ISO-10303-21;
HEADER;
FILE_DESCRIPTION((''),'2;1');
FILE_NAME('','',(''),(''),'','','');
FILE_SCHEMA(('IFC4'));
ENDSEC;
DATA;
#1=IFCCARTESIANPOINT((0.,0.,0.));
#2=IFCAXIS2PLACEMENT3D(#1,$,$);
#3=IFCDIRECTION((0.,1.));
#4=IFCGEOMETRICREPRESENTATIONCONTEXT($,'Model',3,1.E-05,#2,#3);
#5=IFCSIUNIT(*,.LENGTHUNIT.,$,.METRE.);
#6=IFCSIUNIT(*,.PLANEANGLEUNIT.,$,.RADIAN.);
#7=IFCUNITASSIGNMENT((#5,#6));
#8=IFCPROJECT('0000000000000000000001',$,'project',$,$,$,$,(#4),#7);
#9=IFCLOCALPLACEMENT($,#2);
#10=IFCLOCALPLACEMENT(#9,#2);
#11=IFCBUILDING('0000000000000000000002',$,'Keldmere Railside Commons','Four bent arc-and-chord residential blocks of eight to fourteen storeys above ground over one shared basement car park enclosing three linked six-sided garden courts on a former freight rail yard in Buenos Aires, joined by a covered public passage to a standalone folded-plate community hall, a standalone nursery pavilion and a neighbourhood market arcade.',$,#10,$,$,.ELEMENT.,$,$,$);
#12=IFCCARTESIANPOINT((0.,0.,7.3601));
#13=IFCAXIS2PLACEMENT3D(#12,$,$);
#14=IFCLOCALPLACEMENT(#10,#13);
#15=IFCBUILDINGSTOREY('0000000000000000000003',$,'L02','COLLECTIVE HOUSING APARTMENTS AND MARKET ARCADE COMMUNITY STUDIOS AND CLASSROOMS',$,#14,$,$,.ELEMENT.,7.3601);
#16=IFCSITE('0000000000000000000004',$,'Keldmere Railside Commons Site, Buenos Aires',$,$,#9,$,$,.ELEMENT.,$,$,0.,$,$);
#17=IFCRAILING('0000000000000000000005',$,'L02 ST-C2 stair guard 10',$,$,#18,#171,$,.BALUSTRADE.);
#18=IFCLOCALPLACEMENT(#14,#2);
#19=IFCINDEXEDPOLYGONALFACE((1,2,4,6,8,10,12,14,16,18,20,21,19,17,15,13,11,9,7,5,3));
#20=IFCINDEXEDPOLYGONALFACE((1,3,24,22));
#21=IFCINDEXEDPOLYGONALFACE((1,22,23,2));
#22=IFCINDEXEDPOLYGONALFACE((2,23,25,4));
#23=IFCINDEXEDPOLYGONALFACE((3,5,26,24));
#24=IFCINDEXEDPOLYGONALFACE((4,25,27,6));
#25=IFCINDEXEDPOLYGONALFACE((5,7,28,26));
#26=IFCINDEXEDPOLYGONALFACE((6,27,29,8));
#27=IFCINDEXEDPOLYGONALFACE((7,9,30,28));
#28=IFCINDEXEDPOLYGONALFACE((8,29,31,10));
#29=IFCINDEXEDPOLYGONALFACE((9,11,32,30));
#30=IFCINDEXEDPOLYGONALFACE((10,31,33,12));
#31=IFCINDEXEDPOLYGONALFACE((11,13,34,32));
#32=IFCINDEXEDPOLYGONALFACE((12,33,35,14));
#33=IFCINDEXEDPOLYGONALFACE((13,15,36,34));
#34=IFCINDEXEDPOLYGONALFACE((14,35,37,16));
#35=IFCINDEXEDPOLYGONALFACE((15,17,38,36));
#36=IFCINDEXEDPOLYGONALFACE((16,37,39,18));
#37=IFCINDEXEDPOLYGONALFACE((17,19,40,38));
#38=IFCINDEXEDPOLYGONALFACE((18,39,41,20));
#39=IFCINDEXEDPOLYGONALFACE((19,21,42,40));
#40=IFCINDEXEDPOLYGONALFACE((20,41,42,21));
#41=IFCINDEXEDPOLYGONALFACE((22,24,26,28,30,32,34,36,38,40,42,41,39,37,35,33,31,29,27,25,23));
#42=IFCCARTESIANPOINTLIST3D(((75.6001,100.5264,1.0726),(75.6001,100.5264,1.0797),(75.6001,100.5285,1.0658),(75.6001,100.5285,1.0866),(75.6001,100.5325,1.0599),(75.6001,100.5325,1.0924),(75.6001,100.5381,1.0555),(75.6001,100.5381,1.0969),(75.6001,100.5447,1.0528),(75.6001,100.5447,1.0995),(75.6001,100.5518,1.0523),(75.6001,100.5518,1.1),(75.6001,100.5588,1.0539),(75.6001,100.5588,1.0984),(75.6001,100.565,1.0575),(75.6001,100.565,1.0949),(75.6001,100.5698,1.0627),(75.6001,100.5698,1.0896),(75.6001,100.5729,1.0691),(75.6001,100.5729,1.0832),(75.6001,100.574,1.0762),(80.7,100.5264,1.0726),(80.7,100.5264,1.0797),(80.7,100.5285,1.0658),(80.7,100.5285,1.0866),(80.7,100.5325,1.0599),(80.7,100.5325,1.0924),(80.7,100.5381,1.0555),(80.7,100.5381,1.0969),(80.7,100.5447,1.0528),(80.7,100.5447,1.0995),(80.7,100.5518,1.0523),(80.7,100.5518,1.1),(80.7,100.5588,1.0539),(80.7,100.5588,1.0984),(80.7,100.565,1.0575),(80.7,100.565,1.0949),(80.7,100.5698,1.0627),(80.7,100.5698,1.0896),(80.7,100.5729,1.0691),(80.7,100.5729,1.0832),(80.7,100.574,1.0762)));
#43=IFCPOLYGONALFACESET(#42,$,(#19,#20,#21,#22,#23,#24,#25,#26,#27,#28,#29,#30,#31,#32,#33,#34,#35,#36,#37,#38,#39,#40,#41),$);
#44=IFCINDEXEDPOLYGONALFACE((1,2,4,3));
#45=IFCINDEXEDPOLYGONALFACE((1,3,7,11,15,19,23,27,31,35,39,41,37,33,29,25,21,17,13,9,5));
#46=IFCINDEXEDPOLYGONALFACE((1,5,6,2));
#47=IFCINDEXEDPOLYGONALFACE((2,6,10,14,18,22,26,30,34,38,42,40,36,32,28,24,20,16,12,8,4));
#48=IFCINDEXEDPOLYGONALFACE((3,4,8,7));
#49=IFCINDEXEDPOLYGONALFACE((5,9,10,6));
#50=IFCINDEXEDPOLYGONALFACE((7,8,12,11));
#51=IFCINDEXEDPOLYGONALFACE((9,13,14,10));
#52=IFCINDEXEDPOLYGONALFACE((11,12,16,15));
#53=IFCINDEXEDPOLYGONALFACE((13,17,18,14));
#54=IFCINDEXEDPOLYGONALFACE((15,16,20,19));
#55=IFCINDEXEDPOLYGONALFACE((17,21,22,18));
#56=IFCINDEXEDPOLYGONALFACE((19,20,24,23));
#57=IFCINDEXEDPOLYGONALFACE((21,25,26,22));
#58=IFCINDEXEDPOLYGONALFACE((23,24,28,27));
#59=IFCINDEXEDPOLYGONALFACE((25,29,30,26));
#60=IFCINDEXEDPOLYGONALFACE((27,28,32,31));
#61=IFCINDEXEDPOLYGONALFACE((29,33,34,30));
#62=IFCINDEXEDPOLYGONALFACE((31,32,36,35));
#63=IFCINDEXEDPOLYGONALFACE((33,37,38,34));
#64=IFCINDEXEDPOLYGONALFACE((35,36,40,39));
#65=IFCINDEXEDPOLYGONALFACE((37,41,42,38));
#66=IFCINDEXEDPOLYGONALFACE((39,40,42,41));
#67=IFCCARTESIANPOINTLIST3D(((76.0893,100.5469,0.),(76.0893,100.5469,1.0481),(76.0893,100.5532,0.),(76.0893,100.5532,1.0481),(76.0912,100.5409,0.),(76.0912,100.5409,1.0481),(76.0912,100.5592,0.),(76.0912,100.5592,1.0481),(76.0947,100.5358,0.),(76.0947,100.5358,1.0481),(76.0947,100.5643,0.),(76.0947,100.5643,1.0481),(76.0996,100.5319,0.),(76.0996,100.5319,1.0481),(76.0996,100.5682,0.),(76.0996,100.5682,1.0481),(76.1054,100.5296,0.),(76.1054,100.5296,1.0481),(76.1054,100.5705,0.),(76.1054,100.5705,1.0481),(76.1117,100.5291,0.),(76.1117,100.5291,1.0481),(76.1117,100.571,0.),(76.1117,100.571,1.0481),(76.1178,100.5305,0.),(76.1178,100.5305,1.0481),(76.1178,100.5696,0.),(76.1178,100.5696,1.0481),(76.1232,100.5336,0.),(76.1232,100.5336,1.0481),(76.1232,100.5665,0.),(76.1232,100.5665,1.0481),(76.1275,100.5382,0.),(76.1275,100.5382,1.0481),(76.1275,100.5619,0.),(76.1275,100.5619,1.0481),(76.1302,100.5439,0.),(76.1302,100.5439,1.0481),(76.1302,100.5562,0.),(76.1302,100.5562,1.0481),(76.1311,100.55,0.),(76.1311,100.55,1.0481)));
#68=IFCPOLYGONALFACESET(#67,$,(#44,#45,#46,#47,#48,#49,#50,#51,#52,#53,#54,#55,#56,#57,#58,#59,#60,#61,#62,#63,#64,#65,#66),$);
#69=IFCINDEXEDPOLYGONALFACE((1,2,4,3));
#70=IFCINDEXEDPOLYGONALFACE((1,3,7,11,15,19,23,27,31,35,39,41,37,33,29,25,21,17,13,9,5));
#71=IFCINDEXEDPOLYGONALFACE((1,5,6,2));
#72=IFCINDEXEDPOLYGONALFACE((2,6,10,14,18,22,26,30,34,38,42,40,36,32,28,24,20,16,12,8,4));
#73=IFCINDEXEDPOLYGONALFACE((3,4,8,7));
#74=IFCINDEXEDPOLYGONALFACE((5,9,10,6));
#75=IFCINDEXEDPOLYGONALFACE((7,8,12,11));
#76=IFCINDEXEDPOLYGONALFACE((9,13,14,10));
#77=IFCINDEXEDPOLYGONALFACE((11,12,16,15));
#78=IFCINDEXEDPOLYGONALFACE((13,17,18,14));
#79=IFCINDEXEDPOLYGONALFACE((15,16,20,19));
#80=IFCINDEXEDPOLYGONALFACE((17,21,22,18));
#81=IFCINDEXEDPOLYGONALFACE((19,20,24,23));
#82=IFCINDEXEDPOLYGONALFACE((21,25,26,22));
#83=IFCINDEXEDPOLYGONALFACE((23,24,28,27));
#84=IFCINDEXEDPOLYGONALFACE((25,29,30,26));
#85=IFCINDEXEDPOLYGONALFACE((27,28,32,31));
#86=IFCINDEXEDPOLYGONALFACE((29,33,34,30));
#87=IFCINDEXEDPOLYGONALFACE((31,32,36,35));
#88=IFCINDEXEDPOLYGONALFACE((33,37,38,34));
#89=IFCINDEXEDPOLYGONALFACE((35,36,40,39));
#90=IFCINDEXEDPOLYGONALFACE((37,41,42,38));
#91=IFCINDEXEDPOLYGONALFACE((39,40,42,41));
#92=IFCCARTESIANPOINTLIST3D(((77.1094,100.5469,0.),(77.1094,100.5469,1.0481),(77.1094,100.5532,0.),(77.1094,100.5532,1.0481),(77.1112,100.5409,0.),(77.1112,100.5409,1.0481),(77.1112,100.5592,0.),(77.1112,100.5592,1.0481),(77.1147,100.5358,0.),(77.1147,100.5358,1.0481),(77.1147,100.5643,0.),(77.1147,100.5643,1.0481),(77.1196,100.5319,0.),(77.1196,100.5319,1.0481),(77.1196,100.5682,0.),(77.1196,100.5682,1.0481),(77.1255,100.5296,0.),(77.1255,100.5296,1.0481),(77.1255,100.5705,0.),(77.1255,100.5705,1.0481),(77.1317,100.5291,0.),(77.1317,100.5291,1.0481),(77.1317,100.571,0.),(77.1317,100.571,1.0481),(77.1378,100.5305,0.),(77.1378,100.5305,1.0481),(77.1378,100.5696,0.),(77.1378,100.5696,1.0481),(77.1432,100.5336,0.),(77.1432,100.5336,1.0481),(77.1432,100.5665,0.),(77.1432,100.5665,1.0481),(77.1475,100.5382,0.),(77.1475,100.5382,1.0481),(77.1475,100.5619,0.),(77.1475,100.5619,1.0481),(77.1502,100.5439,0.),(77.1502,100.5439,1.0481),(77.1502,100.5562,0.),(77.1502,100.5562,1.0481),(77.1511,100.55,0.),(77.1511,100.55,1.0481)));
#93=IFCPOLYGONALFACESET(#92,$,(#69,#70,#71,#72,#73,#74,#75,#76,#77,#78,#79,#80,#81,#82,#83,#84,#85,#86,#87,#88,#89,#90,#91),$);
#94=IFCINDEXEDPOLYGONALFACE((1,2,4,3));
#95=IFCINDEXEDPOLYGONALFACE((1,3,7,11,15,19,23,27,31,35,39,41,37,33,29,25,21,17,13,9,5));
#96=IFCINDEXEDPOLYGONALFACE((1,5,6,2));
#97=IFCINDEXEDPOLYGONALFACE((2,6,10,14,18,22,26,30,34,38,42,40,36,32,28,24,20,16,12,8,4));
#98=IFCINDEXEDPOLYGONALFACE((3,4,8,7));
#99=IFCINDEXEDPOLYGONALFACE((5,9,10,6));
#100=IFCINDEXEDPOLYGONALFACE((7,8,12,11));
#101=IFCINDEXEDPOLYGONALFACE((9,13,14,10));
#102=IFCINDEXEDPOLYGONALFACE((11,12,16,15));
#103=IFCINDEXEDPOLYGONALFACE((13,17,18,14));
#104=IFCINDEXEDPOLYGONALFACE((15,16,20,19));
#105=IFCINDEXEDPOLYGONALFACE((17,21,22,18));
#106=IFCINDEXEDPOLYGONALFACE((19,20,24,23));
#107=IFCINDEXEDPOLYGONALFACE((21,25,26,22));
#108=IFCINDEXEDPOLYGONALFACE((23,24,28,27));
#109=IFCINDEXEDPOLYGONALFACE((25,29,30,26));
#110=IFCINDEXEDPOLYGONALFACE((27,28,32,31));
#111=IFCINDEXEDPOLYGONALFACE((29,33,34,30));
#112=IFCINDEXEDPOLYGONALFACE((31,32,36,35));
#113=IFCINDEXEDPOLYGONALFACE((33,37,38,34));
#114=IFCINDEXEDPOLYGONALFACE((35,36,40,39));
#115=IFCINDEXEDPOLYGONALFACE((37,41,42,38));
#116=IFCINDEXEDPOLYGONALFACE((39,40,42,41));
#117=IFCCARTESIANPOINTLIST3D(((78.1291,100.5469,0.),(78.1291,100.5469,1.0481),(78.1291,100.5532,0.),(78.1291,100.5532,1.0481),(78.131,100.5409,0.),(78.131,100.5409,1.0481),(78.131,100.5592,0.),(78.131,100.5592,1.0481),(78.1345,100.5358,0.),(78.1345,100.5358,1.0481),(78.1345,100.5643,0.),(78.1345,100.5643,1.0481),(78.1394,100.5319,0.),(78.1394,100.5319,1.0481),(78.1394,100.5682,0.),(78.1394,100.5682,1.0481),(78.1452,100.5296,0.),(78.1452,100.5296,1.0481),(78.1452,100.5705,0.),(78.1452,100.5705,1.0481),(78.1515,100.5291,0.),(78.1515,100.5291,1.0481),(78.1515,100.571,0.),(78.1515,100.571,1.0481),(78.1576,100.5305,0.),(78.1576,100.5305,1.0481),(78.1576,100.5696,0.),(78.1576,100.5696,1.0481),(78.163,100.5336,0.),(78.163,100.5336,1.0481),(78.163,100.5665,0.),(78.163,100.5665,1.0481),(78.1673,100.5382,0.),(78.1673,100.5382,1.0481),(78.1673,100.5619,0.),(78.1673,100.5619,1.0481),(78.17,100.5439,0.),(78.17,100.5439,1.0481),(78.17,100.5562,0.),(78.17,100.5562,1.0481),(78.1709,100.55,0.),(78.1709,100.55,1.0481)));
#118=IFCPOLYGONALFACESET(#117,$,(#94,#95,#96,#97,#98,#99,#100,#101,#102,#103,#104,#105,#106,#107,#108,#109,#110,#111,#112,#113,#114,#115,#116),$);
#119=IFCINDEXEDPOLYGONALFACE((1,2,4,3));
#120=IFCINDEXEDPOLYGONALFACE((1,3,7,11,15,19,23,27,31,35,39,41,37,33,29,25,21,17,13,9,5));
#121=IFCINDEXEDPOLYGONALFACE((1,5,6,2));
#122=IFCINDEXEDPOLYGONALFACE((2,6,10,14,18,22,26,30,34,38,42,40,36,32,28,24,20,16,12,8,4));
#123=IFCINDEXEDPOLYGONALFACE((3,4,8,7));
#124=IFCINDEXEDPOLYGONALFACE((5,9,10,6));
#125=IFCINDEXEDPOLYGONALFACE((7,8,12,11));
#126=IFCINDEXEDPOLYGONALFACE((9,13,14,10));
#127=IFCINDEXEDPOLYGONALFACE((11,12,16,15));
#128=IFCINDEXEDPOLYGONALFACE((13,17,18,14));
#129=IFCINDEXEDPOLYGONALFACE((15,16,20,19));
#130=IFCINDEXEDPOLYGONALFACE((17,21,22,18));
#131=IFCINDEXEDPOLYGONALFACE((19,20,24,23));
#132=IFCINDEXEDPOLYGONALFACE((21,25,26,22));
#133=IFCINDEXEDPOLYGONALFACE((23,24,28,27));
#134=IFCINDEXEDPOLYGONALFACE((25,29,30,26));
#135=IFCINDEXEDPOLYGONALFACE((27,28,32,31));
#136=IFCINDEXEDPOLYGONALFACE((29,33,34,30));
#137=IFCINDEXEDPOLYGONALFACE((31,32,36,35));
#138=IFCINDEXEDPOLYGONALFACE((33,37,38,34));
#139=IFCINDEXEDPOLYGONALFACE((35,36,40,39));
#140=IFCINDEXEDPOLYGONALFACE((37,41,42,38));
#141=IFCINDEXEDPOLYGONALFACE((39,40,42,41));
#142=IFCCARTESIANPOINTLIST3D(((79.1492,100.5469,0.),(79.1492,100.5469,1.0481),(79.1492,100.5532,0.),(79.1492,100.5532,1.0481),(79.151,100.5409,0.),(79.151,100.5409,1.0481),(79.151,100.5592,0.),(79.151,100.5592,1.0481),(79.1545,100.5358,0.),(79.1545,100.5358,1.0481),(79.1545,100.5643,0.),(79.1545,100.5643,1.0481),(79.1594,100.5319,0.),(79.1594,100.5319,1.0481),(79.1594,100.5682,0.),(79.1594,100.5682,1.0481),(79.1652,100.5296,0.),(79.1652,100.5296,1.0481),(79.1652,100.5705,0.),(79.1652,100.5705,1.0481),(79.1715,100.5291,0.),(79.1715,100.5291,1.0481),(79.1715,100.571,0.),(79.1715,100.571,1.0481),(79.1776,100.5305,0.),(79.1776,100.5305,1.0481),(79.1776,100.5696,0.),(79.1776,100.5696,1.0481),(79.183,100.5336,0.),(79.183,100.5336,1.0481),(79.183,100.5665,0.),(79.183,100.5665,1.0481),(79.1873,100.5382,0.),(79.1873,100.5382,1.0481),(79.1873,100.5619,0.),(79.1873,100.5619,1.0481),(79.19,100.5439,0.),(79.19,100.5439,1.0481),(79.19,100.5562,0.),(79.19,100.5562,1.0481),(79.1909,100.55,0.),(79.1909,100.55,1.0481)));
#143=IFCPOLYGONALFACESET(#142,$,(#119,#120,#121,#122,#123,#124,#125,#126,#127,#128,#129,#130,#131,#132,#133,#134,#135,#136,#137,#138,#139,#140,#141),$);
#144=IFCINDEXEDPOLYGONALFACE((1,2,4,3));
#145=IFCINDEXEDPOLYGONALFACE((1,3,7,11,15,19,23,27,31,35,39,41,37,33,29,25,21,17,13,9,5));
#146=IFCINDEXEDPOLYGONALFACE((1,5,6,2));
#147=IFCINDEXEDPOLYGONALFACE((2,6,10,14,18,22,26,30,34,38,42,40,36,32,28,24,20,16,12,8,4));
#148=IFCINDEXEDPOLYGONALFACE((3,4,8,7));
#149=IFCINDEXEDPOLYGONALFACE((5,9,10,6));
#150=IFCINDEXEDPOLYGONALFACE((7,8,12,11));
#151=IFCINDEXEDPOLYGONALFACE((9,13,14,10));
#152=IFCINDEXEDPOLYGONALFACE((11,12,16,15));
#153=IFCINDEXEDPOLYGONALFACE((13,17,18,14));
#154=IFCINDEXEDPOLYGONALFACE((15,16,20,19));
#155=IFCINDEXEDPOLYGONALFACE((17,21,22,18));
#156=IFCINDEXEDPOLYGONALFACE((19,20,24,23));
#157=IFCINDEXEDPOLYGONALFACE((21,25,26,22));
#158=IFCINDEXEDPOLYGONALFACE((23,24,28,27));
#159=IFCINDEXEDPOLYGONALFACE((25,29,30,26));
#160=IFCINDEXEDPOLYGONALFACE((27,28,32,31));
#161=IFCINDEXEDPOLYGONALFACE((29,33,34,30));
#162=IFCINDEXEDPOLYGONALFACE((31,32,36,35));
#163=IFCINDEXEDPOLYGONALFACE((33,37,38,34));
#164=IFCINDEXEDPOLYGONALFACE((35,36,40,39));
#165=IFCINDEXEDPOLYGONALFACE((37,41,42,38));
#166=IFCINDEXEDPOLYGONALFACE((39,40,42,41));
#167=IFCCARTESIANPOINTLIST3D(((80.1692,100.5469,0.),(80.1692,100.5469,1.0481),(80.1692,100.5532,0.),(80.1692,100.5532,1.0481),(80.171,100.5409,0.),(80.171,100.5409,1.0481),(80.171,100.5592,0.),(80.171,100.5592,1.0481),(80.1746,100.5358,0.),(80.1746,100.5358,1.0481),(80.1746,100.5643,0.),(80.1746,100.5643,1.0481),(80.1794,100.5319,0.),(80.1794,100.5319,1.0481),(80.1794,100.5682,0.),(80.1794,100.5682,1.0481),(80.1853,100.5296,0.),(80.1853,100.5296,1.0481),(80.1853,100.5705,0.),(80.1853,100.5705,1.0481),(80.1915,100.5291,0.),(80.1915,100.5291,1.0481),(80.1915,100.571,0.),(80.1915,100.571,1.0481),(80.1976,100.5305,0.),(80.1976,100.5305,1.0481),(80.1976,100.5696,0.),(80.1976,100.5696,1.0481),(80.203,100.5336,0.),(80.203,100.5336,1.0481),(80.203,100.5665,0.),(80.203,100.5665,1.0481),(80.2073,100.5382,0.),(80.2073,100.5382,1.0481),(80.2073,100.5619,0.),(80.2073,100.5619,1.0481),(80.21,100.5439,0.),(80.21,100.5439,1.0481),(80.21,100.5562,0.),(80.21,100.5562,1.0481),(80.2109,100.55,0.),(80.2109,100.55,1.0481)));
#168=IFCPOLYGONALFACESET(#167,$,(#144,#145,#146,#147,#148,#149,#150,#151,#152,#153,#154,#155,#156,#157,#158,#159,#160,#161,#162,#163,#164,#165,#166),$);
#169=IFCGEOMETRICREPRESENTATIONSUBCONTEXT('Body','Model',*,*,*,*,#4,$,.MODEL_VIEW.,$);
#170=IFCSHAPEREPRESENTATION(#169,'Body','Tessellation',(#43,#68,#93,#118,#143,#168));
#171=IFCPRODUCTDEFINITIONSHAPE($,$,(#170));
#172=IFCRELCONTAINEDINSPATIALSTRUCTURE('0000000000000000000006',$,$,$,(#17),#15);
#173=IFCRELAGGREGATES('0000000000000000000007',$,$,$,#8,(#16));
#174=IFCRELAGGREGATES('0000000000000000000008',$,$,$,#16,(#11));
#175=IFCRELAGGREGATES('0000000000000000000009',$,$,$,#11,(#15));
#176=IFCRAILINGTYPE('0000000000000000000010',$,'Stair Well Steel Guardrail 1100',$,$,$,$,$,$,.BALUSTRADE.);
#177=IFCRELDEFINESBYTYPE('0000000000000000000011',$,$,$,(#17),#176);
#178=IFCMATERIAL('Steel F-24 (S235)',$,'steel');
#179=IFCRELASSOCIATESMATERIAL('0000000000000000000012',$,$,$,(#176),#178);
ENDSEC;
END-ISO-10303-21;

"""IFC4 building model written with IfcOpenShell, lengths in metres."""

from ifc_helpers import new_model, si_unit, direction, frame, origin, origin_2d, place, context, subcontext, project, spatial, circle, extrude, material, type_object, element, save


model = new_model("IFC4")

# Units and contexts
model_context = context("Model", 3, precision=1e-05, world=origin(), true_north=direction((0.0, 1.0)))
body_context = subcontext(model_context, "Body", "Model", "MODEL_VIEW")
ifc_project = project(units=[si_unit("LENGTHUNIT", "METRE"), si_unit("PLANEANGLEUNIT", "RADIAN")], contexts=[model_context])

# Site, building, storey
site_placement = place(None, origin())
site = spatial("IfcSite", under=ifc_project, at=site_placement, Name="Keldmere Railside Commons Site, Buenos Aires", CompositionType="ELEMENT", RefElevation=0.0)
building_placement = place(site_placement, origin())
building = spatial("IfcBuilding", under=site, at=building_placement, Name="Keldmere Railside Commons", Description="Four bent arc-and-chord residential blocks of eight to fourteen storeys above ground over one shared basement car park enclosing three linked six-sided garden courts on a former freight rail yard in Buenos Aires, joined by a covered public passage to a standalone folded-plate community hall, a standalone nursery pavilion and a neighbourhood market arcade.", CompositionType="ELEMENT")
storey_placement = place(building_placement, frame((0.0, 0.0, 7.3601)))
storey = spatial("IfcBuildingStorey", under=building, at=storey_placement, Name="L02", Description="COLLECTIVE HOUSING APARTMENTS AND MARKET ARCADE COMMUNITY STUDIOS AND CLASSROOMS", CompositionType="ELEMENT", Elevation=7.3601)

# Railing
ifc_material_1 = material(Name="Steel F-24 (S235)", Category="steel")
railing_type_1 = type_object("IfcRailingType", Name="Stair Well Steel Guardrail 1100", PredefinedType="BALUSTRADE", material=ifc_material_1)
railing_1_placement = place(storey_placement, frame((75.6001, 100.55, 0.0)))
element("IfcRailing", 1, at=railing_1_placement, inside=storey, type_object=railing_type_1, Name="L02 ST-C2 stair guard 10", PredefinedType="BALUSTRADE", context=body_context, shape_type="SweptSolid", body=[
    extrude(circle(Radius=0.0239, at=origin_2d()), frame((0.0, 0.0, 1.0762), z_axis=(1.0, 0.0, 0.0), x_axis=(0.0, 1.0, 0.0)), (0.0, 0.0, 1.0), 5.0999),
    extrude(circle(Radius=0.021, at=origin_2d()), frame((0.51, 0.0, 0.0)), (0.0, 0.0, 1.0), 1.0481),
    extrude(circle(Radius=0.021, at=origin_2d()), frame((1.53, 0.0, 0.0)), (0.0, 0.0, 1.0), 1.0481),
    extrude(circle(Radius=0.021, at=origin_2d()), frame((2.5498, 0.0, 0.0)), (0.0, 0.0, 1.0), 1.0481),
    extrude(circle(Radius=0.021, at=origin_2d()), frame((3.5698, 0.0, 0.0)), (0.0, 0.0, 1.0), 1.0481),
    extrude(circle(Radius=0.021, at=origin_2d()), frame((4.5898, 0.0, 0.0)), (0.0, 0.0, 1.0), 1.0481),
])

save(model, "model.ifc")
